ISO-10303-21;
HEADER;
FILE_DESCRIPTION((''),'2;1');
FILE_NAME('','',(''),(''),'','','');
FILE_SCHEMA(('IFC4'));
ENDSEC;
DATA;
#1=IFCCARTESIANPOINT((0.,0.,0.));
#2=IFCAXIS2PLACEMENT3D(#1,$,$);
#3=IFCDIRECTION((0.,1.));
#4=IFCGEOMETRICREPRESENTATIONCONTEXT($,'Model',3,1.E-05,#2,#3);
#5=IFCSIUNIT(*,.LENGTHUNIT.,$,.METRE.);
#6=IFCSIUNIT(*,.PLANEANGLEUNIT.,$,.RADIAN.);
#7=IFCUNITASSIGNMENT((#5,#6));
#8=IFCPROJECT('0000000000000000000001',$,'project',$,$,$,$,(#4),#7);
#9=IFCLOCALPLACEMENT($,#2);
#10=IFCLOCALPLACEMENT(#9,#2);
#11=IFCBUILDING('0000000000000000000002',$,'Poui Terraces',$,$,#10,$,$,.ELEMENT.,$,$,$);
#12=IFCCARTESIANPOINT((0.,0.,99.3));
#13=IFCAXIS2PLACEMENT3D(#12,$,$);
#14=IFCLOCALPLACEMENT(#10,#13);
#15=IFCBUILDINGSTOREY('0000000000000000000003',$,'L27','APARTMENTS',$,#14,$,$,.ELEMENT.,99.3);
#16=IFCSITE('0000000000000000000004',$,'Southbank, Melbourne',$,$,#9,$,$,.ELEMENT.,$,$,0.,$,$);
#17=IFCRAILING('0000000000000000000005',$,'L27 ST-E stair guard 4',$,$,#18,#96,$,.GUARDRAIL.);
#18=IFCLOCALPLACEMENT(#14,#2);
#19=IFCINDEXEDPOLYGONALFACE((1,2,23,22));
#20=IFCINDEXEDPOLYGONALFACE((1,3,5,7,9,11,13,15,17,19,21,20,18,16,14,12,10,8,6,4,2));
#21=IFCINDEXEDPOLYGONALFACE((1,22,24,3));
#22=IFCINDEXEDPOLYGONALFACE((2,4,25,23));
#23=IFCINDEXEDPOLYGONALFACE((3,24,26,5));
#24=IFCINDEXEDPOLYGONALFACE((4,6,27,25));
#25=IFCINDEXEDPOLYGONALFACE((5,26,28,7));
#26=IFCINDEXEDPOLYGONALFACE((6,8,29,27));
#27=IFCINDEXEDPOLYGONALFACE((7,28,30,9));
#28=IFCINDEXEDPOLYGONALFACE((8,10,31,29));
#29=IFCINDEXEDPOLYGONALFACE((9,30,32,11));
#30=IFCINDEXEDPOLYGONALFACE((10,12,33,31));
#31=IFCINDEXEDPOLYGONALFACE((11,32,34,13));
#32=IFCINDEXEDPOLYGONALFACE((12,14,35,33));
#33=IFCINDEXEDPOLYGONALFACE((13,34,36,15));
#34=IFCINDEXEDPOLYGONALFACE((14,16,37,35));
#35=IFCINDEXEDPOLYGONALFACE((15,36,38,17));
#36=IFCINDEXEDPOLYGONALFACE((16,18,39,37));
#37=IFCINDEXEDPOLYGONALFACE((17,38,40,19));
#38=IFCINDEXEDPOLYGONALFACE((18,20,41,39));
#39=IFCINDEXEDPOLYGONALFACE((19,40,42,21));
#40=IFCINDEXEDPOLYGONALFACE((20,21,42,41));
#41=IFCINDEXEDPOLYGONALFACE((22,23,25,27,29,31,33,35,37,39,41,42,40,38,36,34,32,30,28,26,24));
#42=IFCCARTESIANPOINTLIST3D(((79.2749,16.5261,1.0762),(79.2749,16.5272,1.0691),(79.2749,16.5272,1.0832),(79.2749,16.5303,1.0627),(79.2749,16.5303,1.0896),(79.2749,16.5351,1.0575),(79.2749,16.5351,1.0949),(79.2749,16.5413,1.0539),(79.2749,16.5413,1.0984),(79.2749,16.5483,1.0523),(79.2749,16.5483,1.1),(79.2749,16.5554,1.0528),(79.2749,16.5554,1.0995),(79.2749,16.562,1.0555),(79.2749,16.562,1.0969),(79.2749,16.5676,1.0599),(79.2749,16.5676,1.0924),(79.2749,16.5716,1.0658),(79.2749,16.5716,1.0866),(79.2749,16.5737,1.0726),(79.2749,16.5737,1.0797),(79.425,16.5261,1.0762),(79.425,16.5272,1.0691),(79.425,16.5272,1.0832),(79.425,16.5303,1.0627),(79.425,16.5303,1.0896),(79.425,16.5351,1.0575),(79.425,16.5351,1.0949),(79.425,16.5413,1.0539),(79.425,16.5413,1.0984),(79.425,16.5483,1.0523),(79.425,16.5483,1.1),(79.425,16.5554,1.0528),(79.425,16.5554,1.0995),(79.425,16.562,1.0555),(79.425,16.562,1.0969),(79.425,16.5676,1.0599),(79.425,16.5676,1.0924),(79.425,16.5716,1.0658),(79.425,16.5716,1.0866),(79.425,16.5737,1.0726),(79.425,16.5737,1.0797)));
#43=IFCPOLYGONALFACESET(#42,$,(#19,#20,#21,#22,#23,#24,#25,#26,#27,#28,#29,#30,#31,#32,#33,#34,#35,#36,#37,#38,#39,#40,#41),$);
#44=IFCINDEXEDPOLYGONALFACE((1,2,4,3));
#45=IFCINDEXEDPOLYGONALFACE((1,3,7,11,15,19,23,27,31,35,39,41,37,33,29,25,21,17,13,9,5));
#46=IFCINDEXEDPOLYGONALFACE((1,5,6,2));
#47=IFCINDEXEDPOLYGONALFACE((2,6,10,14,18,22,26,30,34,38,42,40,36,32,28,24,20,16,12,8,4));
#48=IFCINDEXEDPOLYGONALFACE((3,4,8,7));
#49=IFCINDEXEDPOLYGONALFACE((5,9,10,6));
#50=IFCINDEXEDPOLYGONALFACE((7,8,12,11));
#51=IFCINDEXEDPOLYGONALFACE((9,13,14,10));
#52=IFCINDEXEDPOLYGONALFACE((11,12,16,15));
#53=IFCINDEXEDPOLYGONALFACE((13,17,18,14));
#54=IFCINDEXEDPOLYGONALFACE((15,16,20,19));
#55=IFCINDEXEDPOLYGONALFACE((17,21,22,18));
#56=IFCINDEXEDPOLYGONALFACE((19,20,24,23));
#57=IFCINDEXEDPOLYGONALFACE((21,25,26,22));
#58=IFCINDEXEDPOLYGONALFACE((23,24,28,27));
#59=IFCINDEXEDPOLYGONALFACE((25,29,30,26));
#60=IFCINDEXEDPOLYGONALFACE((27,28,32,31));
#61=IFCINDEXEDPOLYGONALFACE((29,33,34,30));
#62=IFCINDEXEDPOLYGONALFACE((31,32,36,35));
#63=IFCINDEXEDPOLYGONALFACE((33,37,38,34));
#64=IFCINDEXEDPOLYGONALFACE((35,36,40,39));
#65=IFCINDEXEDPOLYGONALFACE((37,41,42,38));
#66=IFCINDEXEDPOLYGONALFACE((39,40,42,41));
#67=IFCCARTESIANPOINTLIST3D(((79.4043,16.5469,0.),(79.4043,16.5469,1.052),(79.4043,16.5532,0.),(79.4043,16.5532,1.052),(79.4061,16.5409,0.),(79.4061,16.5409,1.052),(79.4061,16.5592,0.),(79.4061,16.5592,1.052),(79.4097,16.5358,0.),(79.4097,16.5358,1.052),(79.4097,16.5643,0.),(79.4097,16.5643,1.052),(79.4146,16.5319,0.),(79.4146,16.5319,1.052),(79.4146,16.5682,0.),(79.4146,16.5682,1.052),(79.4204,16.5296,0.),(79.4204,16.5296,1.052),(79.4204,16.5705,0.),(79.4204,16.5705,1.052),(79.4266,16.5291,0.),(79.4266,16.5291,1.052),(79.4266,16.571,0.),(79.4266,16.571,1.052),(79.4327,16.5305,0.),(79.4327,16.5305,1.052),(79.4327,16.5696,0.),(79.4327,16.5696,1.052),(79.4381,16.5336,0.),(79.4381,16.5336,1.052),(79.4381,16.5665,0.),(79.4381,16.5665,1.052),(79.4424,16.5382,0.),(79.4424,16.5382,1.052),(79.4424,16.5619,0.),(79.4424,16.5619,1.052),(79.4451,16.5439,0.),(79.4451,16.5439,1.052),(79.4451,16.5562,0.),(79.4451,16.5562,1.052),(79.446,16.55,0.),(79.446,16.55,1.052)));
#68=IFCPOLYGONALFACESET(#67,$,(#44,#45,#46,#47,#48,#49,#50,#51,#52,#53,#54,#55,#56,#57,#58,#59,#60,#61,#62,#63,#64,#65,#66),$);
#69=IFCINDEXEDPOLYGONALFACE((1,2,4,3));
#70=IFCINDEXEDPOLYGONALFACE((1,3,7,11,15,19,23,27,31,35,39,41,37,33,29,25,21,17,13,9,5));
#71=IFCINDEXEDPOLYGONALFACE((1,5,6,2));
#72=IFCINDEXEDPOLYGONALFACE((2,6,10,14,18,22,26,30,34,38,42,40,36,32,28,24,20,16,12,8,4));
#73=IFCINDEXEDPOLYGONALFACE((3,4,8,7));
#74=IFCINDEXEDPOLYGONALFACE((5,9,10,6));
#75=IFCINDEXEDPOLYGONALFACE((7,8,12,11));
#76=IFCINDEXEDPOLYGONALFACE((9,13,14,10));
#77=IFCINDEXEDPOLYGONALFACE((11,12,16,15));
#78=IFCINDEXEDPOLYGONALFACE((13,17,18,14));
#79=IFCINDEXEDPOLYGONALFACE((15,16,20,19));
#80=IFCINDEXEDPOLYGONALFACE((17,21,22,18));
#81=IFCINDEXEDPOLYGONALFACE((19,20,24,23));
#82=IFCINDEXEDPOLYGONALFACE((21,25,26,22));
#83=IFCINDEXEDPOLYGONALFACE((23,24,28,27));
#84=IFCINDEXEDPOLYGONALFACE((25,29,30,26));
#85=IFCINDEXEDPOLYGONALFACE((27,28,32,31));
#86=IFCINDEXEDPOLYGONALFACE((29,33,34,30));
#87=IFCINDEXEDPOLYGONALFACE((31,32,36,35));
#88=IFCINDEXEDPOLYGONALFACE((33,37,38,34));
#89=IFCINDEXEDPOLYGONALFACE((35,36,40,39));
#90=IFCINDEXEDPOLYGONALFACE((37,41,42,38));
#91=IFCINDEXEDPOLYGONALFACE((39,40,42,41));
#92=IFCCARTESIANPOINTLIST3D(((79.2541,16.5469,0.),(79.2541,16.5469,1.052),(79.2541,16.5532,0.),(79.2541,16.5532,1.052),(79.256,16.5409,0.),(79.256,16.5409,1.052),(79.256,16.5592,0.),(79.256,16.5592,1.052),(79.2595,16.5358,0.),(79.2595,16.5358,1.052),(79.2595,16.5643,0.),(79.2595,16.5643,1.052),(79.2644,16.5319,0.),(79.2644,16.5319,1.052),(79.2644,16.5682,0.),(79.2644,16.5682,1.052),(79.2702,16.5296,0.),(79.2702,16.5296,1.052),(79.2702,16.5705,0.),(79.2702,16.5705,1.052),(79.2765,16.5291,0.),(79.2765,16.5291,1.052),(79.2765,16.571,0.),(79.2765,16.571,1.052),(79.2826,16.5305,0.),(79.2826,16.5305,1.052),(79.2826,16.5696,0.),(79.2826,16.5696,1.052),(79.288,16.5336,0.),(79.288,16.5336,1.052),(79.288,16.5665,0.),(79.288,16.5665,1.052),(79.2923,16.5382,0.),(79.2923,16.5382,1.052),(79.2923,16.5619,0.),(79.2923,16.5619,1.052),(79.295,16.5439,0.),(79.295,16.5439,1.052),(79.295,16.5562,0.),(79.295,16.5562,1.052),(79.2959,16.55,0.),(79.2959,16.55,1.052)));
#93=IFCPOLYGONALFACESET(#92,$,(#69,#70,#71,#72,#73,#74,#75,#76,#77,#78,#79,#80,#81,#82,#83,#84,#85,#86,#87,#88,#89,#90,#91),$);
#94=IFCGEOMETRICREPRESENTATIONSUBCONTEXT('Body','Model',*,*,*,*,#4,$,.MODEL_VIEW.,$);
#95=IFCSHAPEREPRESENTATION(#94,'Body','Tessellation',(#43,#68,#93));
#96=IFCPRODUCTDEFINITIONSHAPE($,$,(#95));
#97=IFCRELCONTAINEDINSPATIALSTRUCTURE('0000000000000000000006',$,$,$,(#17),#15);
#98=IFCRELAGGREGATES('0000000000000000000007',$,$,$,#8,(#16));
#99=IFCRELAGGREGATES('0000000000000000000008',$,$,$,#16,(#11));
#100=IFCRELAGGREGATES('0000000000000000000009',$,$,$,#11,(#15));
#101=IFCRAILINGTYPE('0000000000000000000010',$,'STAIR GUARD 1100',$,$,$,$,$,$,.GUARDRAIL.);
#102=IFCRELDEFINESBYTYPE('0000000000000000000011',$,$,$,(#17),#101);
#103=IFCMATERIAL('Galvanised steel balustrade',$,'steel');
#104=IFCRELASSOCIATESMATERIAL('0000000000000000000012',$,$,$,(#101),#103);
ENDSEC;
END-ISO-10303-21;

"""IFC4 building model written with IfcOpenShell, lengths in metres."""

from ifc_helpers import new_model, si_unit, direction, frame, origin, origin_2d, place, context, subcontext, project, spatial, circle, extrude, material, type_object, element, save


model = new_model("IFC4")

# Units and contexts
model_context = context("Model", 3, precision=1e-05, world=origin(), true_north=direction((0.0, 1.0)))
body_context = subcontext(model_context, "Body", "Model", "MODEL_VIEW")
ifc_project = project(units=[si_unit("LENGTHUNIT", "METRE"), si_unit("PLANEANGLEUNIT", "RADIAN")], contexts=[model_context])

# Site, building, storey
site_placement = place(None, origin())
site = spatial("IfcSite", under=ifc_project, at=site_placement, Name="Southbank, Melbourne", CompositionType="ELEMENT", RefElevation=0.0)
building_placement = place(site_placement, origin())
building = spatial("IfcBuilding", under=site, at=building_placement, Name="Poui Terraces", CompositionType="ELEMENT")
storey_placement = place(building_placement, frame((0.0, 0.0, 99.3)))
storey = spatial("IfcBuildingStorey", under=building, at=storey_placement, Name="L27", Description="APARTMENTS", CompositionType="ELEMENT", Elevation=99.3)

# Railing
ifc_material_1 = material(Name="Galvanised steel balustrade", Category="steel")
railing_type_1 = type_object("IfcRailingType", Name="STAIR GUARD 1100", PredefinedType="GUARDRAIL", material=ifc_material_1)
railing_1_placement = place(storey_placement, frame((79.425, 16.55, 0.0)))
element("IfcRailing", 1, at=railing_1_placement, inside=storey, type_object=railing_type_1, Name="L27 ST-E stair guard 4", PredefinedType="GUARDRAIL", context=body_context, shape_type="SweptSolid", body=[
    extrude(circle(Radius=0.0239, at=origin_2d()), frame((0.0, 0.0, 1.0762), z_axis=(-1.0, 0.0, 0.0), x_axis=(0.0, -1.0, 0.0)), (0.0, 0.0, 1.0), 0.1501),
    extrude(circle(Radius=0.021, at=origin_2d()), origin(), (0.0, 0.0, 1.0), 1.052),
    extrude(circle(Radius=0.021, at=origin_2d()), frame((-0.1501, 0.0, 0.0)), (0.0, 0.0, 1.0), 1.052),
])

save(model, "model.ifc")
